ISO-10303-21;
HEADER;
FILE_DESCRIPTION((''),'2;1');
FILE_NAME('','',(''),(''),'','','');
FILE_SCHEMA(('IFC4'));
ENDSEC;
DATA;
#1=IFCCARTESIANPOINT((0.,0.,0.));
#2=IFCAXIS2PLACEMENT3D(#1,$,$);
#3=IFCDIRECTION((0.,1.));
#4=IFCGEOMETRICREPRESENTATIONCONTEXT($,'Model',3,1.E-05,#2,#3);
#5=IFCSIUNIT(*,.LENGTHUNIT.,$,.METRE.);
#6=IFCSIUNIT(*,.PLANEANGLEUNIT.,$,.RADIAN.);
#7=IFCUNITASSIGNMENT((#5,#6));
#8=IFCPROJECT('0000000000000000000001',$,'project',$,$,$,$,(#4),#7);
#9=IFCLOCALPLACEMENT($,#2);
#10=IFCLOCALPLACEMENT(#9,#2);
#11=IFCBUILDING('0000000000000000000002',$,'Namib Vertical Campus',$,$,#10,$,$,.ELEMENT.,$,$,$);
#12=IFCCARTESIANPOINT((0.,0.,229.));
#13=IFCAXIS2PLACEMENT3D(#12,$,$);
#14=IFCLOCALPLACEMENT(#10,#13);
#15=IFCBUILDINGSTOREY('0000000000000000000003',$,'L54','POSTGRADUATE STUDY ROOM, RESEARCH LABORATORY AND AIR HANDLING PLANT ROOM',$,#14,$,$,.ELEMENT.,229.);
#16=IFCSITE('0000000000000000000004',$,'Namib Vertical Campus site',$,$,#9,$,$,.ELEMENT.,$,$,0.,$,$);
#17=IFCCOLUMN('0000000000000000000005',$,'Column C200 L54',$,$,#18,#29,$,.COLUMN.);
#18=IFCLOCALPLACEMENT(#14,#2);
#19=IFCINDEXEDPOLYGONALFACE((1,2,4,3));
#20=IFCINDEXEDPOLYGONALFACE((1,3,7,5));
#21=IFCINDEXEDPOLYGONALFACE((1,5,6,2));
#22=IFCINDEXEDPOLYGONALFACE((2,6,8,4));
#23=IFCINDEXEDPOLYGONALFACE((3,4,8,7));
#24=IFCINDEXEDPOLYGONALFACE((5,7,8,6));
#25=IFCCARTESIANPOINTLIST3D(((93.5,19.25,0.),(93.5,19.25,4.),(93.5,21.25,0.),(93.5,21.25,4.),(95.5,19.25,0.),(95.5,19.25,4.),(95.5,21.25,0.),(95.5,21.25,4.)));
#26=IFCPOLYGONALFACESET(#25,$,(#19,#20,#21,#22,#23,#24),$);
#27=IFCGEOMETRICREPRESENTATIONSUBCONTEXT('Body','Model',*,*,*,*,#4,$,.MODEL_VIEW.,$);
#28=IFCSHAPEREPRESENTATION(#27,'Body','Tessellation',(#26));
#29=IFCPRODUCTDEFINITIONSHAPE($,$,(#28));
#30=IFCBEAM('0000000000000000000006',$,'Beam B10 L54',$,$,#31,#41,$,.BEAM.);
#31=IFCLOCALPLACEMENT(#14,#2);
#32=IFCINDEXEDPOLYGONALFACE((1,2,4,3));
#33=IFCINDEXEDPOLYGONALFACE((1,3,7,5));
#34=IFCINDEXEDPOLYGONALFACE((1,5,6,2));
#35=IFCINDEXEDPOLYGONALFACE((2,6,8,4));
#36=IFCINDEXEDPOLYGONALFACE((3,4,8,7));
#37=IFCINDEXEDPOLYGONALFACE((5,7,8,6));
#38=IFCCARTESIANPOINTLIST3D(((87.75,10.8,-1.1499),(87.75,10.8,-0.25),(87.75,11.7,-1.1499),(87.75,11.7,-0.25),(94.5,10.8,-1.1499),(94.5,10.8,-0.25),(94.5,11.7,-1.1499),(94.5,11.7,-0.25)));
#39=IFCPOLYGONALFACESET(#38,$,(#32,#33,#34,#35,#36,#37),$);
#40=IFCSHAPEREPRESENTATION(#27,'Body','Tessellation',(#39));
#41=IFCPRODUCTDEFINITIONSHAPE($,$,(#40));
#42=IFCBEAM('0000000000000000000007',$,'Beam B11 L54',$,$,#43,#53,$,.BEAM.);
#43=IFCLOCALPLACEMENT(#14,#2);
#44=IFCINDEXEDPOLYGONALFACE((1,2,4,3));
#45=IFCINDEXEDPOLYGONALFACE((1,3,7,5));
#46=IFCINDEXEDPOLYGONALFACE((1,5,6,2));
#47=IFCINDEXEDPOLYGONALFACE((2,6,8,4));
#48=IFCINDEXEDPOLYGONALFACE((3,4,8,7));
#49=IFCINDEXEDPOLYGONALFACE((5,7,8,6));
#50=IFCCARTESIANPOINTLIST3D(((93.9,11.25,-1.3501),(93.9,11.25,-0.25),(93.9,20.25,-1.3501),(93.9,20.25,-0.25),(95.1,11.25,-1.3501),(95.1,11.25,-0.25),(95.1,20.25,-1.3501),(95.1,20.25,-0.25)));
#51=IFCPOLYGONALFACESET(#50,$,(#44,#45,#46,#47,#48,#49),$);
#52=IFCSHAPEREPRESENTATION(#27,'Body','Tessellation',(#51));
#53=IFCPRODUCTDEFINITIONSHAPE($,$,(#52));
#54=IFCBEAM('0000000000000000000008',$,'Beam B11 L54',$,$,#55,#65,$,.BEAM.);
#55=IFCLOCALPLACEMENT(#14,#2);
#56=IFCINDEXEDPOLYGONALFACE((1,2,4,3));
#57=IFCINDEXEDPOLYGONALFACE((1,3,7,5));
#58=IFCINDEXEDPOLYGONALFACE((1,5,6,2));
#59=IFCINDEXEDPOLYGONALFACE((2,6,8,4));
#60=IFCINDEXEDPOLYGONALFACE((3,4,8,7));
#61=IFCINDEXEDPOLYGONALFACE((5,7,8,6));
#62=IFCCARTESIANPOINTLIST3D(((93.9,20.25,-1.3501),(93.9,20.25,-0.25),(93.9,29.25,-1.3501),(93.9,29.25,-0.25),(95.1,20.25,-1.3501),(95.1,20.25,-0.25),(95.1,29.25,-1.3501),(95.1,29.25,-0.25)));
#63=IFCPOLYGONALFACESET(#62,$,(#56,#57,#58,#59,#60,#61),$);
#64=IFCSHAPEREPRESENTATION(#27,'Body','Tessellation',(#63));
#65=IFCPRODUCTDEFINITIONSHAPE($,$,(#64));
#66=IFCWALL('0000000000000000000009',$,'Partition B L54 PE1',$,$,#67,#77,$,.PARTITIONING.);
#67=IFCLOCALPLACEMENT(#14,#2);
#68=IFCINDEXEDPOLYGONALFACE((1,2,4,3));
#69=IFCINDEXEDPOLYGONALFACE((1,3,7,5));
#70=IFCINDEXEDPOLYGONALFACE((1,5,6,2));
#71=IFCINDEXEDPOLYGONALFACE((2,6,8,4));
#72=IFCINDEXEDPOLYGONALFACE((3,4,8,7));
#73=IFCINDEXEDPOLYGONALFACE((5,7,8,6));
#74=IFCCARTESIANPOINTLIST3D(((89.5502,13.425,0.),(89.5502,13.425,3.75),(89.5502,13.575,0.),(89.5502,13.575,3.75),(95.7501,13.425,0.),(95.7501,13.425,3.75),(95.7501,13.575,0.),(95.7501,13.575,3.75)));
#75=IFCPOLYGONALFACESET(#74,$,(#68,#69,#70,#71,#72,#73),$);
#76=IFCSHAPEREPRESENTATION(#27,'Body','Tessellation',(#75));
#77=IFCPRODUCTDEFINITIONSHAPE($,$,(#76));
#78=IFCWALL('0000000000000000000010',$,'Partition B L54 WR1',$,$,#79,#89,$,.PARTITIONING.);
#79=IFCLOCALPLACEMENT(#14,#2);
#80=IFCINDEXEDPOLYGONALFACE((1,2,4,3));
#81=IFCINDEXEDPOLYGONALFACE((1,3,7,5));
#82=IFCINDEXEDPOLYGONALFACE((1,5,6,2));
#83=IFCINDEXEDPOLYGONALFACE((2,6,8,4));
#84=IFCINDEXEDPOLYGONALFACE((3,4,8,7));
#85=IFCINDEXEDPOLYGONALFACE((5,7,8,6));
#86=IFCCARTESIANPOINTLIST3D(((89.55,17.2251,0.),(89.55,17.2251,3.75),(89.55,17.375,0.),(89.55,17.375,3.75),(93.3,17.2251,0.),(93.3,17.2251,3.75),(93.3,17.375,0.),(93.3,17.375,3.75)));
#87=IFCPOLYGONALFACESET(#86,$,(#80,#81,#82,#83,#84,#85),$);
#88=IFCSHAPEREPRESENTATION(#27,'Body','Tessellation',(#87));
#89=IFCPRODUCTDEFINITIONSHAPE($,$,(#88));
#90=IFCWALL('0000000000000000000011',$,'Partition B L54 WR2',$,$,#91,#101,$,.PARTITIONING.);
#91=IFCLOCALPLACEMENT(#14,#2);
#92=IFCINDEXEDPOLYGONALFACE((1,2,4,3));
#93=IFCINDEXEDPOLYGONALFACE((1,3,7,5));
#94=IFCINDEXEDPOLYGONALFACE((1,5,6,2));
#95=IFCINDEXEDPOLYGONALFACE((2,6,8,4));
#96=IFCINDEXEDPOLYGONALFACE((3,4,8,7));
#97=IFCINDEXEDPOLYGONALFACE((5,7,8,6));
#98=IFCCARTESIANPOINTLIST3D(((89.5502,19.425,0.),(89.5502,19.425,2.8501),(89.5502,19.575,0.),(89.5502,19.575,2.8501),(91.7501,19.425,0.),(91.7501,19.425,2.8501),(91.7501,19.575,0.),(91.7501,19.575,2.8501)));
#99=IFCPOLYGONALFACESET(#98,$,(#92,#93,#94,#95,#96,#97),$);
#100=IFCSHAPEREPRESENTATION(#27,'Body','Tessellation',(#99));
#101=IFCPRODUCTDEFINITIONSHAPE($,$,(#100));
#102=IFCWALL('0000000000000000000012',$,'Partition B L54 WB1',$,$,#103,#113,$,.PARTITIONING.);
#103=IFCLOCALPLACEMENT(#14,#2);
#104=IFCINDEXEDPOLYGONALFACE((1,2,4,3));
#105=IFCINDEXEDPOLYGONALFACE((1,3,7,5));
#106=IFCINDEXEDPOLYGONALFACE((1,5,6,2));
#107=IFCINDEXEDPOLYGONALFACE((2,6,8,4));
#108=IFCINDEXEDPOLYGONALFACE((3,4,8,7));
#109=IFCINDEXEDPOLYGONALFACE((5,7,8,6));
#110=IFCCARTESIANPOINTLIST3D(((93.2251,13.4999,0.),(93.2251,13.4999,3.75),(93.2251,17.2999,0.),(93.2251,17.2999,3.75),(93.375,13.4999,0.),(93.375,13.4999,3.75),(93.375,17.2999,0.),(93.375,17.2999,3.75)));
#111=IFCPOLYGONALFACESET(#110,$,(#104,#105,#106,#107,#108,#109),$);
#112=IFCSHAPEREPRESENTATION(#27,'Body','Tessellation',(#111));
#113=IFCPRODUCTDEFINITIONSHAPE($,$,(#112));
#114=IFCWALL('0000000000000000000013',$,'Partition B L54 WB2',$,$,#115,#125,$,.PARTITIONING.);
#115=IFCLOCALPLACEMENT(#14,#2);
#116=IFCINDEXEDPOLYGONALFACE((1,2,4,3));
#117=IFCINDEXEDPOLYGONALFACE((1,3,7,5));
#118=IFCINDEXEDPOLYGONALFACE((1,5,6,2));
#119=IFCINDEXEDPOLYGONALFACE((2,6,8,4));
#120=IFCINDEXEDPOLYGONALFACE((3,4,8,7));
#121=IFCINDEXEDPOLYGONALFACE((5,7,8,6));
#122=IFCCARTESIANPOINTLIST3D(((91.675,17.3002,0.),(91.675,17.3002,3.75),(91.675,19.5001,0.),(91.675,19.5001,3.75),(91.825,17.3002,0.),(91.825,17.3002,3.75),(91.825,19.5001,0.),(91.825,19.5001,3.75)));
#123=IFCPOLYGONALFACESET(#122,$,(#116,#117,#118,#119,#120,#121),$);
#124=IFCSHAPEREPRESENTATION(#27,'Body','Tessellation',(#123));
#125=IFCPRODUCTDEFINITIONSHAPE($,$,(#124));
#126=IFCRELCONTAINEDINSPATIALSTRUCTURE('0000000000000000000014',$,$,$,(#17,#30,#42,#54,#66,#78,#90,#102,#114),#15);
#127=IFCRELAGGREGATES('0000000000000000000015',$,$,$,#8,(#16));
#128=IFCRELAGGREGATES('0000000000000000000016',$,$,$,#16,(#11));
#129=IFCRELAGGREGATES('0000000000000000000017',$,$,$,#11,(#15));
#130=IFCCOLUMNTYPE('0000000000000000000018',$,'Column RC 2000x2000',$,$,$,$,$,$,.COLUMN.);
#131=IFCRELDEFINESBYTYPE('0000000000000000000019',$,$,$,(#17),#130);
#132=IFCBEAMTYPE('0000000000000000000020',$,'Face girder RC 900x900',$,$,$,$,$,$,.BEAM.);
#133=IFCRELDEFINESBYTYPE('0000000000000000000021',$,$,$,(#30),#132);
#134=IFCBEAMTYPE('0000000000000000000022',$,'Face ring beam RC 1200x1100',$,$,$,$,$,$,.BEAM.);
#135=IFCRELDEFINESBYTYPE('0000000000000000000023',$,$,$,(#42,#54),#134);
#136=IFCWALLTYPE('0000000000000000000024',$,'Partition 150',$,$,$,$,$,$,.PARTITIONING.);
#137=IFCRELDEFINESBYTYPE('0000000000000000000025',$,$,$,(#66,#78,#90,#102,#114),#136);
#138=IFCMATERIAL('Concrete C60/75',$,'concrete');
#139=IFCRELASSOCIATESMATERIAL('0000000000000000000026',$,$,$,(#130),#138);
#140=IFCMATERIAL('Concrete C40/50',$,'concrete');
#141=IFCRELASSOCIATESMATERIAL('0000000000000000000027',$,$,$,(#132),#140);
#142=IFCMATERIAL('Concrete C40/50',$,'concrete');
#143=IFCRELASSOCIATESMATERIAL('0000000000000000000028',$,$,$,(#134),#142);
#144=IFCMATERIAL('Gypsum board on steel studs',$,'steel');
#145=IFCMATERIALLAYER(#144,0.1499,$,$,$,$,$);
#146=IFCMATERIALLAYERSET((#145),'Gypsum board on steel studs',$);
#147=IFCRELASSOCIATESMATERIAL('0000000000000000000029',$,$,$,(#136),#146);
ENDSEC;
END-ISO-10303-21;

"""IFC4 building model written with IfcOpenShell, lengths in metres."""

from ifc_helpers import new_model, si_unit, direction, frame, frame_2d, origin, origin_2d, place, context, subcontext, project, spatial, rectangle, extrude, material, layer, layer_set, material_profile, profile_set, type_object, element, save


model = new_model("IFC4")

# Units and contexts
model_context = context("Model", 3, precision=1e-05, world=origin(), true_north=direction((0.0, 1.0)))
body_context = subcontext(model_context, "Body", "Model", "MODEL_VIEW")
ifc_project = project(units=[si_unit("LENGTHUNIT", "METRE"), si_unit("PLANEANGLEUNIT", "RADIAN")], contexts=[model_context])

# Site, building, storey
site_placement = place(None, origin())
site = spatial("IfcSite", under=ifc_project, at=site_placement, Name="Namib Vertical Campus site", CompositionType="ELEMENT", RefElevation=0.0)
building_placement = place(site_placement, origin())
building = spatial("IfcBuilding", under=site, at=building_placement, Name="Namib Vertical Campus", CompositionType="ELEMENT")
storey_placement = place(building_placement, frame((0.0, 0.0, 229.0)))
storey = spatial("IfcBuildingStorey", under=building, at=storey_placement, Name="L54", Description="POSTGRADUATE STUDY ROOM, RESEARCH LABORATORY AND AIR HANDLING PLANT ROOM", CompositionType="ELEMENT", Elevation=229.0)

# Column
ifc_material_1 = material(Name="Concrete C60/75", Category="concrete")
ifc_material_profile_1 = material_profile(ifc_material_1, rectangle(XDim=2.0, YDim=2.0, at=origin_2d()))
ifc_profile_set_1 = profile_set([ifc_material_profile_1], Name="Concrete C60/75")
column_type = type_object("IfcColumnType", Name="Column RC 2000x2000", PredefinedType="COLUMN", material=ifc_profile_set_1)
column_placement = place(storey_placement, frame((94.5, 20.25, 0.0), z_axis=(0.0, 0.0, 1.0), x_axis=(1.0, 0.0, 0.0)))
element("IfcColumn", 1, at=column_placement, inside=storey, type_object=column_type, Name="Column C200 L54", PredefinedType="COLUMN", context=body_context, shape_type="SweptSolid", body=[
    extrude(rectangle(XDim=2.0, YDim=2.0, at=origin_2d()), origin(), (0.0, 0.0, 1.0), 4.0),
])

# Beams
ifc_material_2 = material(Name="Concrete C40/50", Category="concrete")
ifc_material_profile_2 = material_profile(ifc_material_2, rectangle(XDim=0.8999, YDim=0.8999, at=origin_2d()))
ifc_profile_set_2 = profile_set([ifc_material_profile_2], Name="Concrete C40/50")
beam_type_1 = type_object("IfcBeamType", Name="Face girder RC 900x900", PredefinedType="BEAM", material=ifc_profile_set_2)
beam_placement = place(storey_placement, frame((94.5, 11.25, -0.7), z_axis=(-1.0, 0.0, 0.0), x_axis=(0.0, -1.0, 0.0)))
element("IfcBeam", 2, at=beam_placement, inside=storey, type_object=beam_type_1, Name="Beam B10 L54", PredefinedType="BEAM", context=body_context, shape_type="SweptSolid", body=[
    extrude(rectangle(XDim=0.8999, YDim=0.8999, at=origin_2d()), origin(), (0.0, 0.0, 1.0), 6.75),
])
ifc_material_3 = material(Name="Concrete C40/50", Category="concrete")
ifc_material_profile_3 = material_profile(ifc_material_3, rectangle(XDim=1.2, YDim=1.1001, at=origin_2d()))
ifc_profile_set_3 = profile_set([ifc_material_profile_3], Name="Concrete C40/50")
beam_type_2 = type_object("IfcBeamType", Name="Face ring beam RC 1200x1100", PredefinedType="BEAM", material=ifc_profile_set_3)
for number, where, z_axis, x_axis, name in (
    (3, (94.5, 11.25, -0.8), (0.0, 1.0, 0.0), (-1.0, 0.0, 0.0), "Beam B11 L54"),
    (4, (94.5, 20.25, -0.8), (0.0, 1.0, 0.0), (-1.0, 0.0, 0.0), "Beam B11 L54"),
):
    element("IfcBeam", number, at=place(storey_placement, frame(where, z_axis=z_axis, x_axis=x_axis)), inside=storey, type_object=beam_type_2, Name=name, PredefinedType="BEAM", context=body_context, shape_type="SweptSolid", body=[
        extrude(rectangle(XDim=1.2, YDim=1.1001, at=origin_2d()), origin(), (0.0, 0.0, 1.0), 9.0),
    ])

# Walls
ifc_material_4 = material(Name="Gypsum board on steel studs", Category="steel")
ifc_layer = layer(ifc_material_4, 0.1499)
ifc_layer_set = layer_set([ifc_layer], Name="Gypsum board on steel studs")
wall_type = type_object("IfcWallType", Name="Partition 150", PredefinedType="PARTITIONING", material=ifc_layer_set)
wall_1_placement = place(storey_placement, frame((89.55, 13.5, 0.0), z_axis=(0.0, 0.0, 1.0), x_axis=(1.0, 0.0, 0.0)))
element("IfcWall", 5, at=wall_1_placement, inside=storey, type_object=wall_type, Name="Partition B L54 PE1", PredefinedType="PARTITIONING", context=body_context, shape_type="SweptSolid", body=[
    extrude(rectangle(XDim=6.2, YDim=0.1499, at=frame_2d((3.1001, 0.0))), origin(), (0.0, 0.0, 1.0), 3.75),
])
wall_2_placement = place(storey_placement, frame((89.55, 17.3, 0.0), z_axis=(0.0, 0.0, 1.0), x_axis=(1.0, 0.0, 0.0)))
element("IfcWall", 6, at=wall_2_placement, inside=storey, type_object=wall_type, Name="Partition B L54 WR1", PredefinedType="PARTITIONING", context=body_context, shape_type="SweptSolid", body=[
    extrude(rectangle(XDim=3.75, YDim=0.1499, at=frame_2d((1.875, 0.0))), origin(), (0.0, 0.0, 1.0), 3.75),
])
wall_3_placement = place(storey_placement, frame((89.55, 19.5, 0.0), z_axis=(0.0, 0.0, 1.0), x_axis=(1.0, 0.0, 0.0)))
element("IfcWall", 7, at=wall_3_placement, inside=storey, type_object=wall_type, Name="Partition B L54 WR2", PredefinedType="PARTITIONING", context=body_context, shape_type="SweptSolid", body=[
    extrude(rectangle(XDim=2.2, YDim=0.1499, at=frame_2d((1.1001, 0.0))), origin(), (0.0, 0.0, 1.0), 2.8501),
])
wall_4_placement = place(storey_placement, frame((93.3, 13.5, 0.0), z_axis=(0.0, 0.0, 1.0), x_axis=(0.0, 1.0, 0.0)))
element("IfcWall", 8, at=wall_4_placement, inside=storey, type_object=wall_type, Name="Partition B L54 WB1", PredefinedType="PARTITIONING", context=body_context, shape_type="SweptSolid", body=[
    extrude(rectangle(XDim=3.8, YDim=0.1499, at=frame_2d((1.8999, 0.0))), origin(), (0.0, 0.0, 1.0), 3.75),
])
wall_5_placement = place(storey_placement, frame((91.75, 17.3, 0.0), z_axis=(0.0, 0.0, 1.0), x_axis=(0.0, 1.0, 0.0)))
element("IfcWall", 9, at=wall_5_placement, inside=storey, type_object=wall_type, Name="Partition B L54 WB2", PredefinedType="PARTITIONING", context=body_context, shape_type="SweptSolid", body=[
    extrude(rectangle(XDim=2.2, YDim=0.1499, at=frame_2d((1.1001, 0.0))), origin(), (0.0, 0.0, 1.0), 3.75),
])

save(model, "model.ifc")
